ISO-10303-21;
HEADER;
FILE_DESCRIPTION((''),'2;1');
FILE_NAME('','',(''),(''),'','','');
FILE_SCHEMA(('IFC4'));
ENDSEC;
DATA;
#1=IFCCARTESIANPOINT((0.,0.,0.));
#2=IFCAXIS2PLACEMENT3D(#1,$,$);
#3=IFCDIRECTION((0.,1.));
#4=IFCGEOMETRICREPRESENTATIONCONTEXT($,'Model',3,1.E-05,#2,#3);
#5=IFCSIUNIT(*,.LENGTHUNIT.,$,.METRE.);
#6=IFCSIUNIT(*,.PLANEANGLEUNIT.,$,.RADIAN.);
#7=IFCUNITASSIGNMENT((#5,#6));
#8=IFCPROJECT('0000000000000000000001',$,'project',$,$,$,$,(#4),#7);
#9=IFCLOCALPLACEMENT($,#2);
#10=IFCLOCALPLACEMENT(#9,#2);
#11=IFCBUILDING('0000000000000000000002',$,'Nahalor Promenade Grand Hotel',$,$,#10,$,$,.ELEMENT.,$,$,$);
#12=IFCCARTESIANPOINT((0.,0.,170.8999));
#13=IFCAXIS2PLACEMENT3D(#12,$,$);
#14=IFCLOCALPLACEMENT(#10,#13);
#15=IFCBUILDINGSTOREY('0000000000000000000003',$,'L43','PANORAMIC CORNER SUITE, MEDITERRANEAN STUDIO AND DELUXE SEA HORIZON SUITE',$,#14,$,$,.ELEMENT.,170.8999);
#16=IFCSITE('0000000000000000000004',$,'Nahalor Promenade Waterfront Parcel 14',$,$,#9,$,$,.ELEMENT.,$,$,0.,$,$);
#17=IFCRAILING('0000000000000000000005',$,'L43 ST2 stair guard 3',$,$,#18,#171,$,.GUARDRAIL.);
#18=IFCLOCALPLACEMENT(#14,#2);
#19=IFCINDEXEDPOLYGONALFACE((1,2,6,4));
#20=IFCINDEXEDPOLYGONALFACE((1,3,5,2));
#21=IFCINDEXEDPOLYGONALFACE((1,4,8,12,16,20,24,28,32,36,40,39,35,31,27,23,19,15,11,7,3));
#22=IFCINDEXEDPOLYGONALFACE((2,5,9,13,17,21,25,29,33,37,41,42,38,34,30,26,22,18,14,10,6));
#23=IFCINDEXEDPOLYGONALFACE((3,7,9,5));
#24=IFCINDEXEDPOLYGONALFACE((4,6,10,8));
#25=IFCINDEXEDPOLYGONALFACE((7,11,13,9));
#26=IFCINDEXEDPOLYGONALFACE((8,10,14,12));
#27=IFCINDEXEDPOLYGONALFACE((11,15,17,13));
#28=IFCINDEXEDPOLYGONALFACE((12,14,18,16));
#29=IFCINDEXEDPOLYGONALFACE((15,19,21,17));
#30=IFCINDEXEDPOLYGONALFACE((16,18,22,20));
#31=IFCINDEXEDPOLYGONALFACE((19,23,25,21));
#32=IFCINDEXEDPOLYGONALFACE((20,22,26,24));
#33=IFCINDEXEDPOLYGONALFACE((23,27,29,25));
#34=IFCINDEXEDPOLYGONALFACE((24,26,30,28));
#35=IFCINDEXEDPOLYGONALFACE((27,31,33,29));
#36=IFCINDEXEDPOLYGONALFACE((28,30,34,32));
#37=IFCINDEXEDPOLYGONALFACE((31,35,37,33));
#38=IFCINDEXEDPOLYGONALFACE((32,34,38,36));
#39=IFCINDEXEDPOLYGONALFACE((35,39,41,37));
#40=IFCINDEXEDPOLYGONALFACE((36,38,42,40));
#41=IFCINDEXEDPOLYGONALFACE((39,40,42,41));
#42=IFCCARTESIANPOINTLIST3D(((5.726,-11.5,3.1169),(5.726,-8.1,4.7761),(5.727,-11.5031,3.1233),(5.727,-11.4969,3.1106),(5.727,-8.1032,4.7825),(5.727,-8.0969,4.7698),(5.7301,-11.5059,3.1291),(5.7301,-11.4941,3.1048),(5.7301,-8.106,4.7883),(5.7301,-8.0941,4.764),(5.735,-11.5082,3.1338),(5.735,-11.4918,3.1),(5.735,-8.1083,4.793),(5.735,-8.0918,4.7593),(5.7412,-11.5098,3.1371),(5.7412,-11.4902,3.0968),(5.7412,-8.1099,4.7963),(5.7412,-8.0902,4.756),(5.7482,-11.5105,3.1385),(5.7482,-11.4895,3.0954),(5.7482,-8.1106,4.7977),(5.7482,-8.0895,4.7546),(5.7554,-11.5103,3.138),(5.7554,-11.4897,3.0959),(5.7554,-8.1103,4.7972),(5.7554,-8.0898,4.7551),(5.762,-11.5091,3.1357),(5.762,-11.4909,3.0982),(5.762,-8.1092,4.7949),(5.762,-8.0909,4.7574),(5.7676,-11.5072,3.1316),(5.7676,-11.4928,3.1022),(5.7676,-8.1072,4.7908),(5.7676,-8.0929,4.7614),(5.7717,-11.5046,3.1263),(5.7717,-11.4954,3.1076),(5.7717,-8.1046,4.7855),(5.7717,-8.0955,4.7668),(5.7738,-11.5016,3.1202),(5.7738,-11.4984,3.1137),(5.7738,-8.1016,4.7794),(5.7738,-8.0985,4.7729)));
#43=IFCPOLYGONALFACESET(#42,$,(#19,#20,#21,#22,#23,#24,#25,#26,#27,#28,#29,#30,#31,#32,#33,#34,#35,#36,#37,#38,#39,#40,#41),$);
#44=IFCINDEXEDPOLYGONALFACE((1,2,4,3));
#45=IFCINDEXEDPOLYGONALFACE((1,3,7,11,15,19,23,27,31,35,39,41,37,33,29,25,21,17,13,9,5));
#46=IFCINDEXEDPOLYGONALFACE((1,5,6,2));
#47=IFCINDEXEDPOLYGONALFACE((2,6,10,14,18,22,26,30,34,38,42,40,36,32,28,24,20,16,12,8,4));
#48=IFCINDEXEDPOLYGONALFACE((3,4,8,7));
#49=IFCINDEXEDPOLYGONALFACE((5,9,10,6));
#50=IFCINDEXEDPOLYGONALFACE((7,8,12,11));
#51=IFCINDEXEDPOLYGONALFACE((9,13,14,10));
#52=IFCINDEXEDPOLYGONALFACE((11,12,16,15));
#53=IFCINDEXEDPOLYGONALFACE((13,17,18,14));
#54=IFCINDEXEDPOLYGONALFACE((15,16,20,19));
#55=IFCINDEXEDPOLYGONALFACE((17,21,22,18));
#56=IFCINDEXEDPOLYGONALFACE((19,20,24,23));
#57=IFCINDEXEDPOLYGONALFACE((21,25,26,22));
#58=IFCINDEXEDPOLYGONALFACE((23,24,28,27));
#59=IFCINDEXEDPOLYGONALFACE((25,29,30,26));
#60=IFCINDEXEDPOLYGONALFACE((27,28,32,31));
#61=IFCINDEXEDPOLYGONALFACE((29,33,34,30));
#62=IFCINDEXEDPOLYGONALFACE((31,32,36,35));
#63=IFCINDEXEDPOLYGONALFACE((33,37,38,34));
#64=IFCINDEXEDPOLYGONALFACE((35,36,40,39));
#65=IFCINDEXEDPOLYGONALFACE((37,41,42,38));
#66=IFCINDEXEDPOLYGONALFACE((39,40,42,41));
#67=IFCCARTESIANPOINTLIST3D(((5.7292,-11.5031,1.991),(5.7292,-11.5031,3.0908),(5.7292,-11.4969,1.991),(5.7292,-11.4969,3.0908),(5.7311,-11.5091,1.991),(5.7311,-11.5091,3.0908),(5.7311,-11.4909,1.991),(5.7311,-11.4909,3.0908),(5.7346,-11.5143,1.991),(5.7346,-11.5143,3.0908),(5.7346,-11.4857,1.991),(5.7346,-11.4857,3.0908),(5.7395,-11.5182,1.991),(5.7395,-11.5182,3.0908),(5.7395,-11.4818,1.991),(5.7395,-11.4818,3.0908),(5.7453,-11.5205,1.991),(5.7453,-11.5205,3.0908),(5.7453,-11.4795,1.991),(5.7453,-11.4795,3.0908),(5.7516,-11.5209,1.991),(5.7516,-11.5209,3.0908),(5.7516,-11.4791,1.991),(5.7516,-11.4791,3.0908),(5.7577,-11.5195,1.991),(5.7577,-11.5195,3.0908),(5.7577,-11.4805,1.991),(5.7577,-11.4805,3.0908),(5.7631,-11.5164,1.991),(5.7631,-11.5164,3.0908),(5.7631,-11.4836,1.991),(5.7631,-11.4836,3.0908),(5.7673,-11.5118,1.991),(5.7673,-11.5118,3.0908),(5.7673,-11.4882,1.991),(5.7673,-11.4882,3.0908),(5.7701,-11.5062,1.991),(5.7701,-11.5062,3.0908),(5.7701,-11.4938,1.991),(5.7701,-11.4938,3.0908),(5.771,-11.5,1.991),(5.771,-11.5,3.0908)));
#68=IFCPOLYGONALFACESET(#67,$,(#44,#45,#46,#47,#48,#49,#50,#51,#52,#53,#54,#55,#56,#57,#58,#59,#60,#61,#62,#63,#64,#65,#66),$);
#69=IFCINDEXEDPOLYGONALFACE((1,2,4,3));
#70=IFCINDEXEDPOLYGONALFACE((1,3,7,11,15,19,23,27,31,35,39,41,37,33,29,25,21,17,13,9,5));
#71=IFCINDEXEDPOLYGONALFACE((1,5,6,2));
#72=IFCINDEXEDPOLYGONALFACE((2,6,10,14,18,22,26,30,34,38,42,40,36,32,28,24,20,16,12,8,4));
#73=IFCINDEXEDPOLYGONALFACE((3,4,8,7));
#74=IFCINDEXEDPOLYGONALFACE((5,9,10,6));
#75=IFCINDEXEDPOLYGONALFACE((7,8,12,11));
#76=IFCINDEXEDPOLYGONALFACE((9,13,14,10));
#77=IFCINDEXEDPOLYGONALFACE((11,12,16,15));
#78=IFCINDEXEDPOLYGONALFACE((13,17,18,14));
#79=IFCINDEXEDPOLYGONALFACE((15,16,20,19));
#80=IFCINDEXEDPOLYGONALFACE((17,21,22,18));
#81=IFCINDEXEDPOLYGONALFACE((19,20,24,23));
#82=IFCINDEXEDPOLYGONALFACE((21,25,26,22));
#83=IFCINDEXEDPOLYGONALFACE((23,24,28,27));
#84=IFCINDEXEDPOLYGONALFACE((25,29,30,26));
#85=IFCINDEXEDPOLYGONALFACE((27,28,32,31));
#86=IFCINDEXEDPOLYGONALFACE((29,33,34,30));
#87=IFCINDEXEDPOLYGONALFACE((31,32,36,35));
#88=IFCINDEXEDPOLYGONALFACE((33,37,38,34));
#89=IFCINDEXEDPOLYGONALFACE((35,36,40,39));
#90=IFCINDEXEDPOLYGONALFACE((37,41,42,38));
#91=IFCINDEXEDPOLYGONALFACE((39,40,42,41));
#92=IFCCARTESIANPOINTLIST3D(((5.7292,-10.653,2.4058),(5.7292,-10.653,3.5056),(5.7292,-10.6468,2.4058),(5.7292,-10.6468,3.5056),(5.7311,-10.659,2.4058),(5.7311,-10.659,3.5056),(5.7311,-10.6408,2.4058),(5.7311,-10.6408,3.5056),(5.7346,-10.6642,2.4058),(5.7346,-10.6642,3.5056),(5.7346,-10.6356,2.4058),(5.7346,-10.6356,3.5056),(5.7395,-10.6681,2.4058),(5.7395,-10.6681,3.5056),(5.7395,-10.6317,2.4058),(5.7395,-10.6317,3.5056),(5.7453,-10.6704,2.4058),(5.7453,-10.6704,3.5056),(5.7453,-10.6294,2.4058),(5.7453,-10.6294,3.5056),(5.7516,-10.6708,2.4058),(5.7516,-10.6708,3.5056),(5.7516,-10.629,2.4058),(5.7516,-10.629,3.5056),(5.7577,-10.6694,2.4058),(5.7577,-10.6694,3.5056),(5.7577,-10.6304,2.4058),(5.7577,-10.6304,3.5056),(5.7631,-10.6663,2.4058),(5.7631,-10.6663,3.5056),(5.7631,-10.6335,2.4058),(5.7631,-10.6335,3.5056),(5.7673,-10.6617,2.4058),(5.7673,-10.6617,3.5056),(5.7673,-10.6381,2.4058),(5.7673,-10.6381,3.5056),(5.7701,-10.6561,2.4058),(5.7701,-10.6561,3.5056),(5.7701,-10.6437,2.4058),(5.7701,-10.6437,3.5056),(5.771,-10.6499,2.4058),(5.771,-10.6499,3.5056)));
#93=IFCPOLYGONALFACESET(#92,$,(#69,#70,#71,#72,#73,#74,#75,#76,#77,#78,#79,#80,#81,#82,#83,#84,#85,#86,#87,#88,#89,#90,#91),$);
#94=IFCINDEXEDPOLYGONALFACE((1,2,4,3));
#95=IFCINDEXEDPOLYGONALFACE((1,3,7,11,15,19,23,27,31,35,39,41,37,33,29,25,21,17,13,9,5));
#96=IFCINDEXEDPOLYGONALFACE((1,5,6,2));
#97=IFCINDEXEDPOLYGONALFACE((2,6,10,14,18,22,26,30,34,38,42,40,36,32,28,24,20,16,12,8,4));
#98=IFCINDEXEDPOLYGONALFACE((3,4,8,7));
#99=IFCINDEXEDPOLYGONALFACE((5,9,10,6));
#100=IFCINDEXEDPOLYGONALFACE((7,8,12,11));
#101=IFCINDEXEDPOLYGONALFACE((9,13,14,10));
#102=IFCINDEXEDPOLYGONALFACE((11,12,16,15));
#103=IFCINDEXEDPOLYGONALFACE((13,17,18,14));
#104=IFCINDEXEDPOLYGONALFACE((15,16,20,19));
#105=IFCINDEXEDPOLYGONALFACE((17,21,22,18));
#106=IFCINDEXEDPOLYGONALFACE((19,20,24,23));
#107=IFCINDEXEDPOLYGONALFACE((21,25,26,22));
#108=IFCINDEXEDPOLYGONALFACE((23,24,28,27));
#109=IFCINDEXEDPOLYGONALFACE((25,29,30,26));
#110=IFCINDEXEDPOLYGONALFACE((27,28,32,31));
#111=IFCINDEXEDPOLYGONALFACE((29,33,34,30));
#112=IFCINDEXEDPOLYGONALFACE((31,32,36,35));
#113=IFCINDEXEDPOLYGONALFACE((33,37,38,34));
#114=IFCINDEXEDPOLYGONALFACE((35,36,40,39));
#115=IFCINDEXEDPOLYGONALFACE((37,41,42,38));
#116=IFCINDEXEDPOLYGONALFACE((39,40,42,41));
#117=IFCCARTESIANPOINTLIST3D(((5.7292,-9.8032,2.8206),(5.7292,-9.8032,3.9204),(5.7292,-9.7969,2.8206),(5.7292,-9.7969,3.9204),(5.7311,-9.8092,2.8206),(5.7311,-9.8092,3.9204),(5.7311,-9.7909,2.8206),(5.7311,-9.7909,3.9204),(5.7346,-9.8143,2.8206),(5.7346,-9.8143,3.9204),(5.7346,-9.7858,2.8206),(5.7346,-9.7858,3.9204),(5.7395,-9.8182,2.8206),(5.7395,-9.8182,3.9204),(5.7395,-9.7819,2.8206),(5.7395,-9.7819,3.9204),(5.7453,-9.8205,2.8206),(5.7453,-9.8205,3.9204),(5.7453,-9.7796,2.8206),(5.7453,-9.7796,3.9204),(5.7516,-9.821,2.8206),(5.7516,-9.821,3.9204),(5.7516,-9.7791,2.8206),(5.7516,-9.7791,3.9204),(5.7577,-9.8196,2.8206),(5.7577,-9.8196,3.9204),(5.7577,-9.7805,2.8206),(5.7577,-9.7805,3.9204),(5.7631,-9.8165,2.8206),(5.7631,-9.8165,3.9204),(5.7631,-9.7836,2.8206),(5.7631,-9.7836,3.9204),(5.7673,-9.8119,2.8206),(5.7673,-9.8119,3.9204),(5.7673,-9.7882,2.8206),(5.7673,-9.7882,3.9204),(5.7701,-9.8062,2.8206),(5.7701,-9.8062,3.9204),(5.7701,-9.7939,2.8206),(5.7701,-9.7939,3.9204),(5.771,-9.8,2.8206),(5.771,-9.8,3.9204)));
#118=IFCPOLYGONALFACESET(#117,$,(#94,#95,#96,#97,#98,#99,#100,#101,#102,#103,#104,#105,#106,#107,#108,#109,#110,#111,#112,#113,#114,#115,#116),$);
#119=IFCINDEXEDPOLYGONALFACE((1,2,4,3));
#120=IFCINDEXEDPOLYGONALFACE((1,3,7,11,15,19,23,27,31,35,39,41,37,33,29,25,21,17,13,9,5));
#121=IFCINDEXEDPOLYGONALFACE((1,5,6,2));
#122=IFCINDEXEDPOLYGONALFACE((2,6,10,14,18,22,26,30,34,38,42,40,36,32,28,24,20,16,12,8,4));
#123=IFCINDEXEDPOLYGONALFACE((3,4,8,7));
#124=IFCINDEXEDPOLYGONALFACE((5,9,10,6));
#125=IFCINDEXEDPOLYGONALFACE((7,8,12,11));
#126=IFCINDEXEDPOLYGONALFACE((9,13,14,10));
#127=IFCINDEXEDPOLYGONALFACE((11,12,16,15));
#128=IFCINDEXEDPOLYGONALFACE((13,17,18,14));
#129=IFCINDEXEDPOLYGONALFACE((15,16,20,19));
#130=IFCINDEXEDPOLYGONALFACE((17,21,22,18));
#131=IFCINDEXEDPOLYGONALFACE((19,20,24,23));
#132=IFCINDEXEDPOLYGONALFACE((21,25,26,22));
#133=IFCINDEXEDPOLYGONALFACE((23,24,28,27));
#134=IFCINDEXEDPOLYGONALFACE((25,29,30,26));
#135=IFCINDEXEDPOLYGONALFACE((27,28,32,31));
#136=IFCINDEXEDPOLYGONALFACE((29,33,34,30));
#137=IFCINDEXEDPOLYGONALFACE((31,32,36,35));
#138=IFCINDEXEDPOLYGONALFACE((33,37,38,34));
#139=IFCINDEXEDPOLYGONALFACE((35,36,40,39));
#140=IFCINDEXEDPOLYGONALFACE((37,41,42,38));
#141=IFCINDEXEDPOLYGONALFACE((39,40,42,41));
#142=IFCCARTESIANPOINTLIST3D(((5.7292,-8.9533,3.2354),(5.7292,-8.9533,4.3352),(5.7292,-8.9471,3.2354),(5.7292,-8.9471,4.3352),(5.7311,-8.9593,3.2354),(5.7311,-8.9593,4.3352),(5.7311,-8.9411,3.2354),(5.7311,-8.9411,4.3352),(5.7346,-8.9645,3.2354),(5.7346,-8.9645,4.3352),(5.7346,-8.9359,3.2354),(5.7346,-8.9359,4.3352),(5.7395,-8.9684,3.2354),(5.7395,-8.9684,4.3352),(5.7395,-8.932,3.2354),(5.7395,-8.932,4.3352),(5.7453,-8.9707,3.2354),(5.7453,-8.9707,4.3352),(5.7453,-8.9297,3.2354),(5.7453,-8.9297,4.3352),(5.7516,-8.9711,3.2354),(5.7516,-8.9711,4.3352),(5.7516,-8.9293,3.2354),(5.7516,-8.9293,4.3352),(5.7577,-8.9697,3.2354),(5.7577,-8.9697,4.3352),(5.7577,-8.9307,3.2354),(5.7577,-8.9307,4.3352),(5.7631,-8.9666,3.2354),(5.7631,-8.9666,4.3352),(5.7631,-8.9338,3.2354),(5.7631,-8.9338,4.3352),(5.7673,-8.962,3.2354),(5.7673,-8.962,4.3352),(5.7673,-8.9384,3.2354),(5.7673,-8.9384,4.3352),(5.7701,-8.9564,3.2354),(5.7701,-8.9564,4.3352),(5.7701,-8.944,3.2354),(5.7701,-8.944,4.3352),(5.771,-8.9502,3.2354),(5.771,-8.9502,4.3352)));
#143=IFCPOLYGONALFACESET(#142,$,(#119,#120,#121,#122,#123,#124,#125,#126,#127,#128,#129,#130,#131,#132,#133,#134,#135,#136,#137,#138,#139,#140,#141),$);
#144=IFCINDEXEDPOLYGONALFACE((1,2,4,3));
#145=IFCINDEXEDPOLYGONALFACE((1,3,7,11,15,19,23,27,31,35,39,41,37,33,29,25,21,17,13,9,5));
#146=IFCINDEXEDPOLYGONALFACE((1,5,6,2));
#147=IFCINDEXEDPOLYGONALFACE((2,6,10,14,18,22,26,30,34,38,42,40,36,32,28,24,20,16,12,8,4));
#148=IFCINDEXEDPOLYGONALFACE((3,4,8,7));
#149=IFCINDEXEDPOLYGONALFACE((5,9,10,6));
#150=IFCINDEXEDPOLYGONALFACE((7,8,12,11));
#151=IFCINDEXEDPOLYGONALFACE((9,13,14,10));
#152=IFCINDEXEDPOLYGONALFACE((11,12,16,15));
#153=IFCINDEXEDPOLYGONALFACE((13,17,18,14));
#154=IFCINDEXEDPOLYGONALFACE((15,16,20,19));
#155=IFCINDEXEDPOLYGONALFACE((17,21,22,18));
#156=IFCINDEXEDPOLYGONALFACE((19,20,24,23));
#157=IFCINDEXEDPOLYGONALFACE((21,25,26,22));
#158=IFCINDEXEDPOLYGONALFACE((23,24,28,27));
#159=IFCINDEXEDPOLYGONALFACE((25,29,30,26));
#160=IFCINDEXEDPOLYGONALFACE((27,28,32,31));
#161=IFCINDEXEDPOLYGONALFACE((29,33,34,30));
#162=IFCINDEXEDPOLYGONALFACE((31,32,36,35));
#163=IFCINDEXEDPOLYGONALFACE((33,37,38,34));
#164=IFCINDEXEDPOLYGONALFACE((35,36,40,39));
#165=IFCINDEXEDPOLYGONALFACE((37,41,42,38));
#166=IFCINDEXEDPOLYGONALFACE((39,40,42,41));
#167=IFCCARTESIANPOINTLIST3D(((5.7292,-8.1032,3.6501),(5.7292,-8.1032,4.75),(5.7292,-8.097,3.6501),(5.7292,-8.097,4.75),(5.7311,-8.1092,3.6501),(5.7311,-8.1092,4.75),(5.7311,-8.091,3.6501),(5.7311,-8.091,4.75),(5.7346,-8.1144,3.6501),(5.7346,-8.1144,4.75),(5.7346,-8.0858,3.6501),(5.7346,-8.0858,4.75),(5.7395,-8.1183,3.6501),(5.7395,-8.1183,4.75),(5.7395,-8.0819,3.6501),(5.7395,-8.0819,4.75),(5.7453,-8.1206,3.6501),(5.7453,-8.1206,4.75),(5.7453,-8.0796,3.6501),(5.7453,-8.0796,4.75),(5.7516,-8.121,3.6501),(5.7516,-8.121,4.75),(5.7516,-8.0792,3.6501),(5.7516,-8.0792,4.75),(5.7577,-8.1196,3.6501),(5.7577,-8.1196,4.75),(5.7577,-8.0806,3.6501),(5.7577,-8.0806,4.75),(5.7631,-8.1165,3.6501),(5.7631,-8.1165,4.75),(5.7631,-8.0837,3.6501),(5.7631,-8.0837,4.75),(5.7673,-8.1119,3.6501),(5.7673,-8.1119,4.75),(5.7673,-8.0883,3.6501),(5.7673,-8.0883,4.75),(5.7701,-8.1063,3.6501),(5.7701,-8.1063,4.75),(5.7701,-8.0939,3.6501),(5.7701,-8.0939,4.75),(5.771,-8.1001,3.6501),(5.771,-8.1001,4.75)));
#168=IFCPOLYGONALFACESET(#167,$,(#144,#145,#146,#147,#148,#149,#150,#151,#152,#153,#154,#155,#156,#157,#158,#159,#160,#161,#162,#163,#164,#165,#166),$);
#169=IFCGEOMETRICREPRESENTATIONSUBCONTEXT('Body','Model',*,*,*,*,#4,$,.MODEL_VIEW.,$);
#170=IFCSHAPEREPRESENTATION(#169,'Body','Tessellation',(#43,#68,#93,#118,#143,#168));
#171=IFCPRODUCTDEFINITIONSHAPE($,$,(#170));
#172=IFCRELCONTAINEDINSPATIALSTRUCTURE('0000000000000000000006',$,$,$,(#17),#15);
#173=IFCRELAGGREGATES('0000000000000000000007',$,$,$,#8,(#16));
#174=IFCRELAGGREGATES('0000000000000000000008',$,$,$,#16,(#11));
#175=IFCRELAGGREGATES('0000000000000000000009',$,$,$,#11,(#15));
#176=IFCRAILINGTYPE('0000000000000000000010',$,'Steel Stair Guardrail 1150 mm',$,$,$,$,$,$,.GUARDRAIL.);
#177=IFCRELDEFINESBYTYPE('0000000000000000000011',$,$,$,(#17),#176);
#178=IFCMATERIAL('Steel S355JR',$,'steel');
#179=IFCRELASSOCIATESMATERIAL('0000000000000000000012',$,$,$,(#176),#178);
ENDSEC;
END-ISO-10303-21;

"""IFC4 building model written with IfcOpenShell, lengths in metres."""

from ifc_helpers import new_model, si_unit, direction, frame, origin, origin_2d, place, context, subcontext, project, spatial, circle, extrude, material, type_object, element, save


model = new_model("IFC4")

# Units and contexts
model_context = context("Model", 3, precision=1e-05, world=origin(), true_north=direction((0.0, 1.0)))
body_context = subcontext(model_context, "Body", "Model", "MODEL_VIEW")
ifc_project = project(units=[si_unit("LENGTHUNIT", "METRE"), si_unit("PLANEANGLEUNIT", "RADIAN")], contexts=[model_context])

# Site, building, storey
site_placement = place(None, origin())
site = spatial("IfcSite", under=ifc_project, at=site_placement, Name="Nahalor Promenade Waterfront Parcel 14", CompositionType="ELEMENT", RefElevation=0.0)
building_placement = place(site_placement, origin())
building = spatial("IfcBuilding", under=site, at=building_placement, Name="Nahalor Promenade Grand Hotel", CompositionType="ELEMENT")
storey_placement = place(building_placement, frame((0.0, 0.0, 170.8999)))
storey = spatial("IfcBuildingStorey", under=building, at=storey_placement, Name="L43", Description="PANORAMIC CORNER SUITE, MEDITERRANEAN STUDIO AND DELUXE SEA HORIZON SUITE", CompositionType="ELEMENT", Elevation=170.8999)

# Shared definitions
ifc_material_1 = material(Name="Steel S355JR", Category="steel")

# Railing
railing_type_1 = type_object("IfcRailingType", Name="Steel Stair Guardrail 1150 mm", PredefinedType="GUARDRAIL", material=ifc_material_1)
railing_1_placement = place(storey_placement, frame((5.75, -11.5, 1.991)))
element("IfcRailing", 1, at=railing_1_placement, inside=storey, type_object=railing_type_1, Name="L43 ST2 stair guard 3", PredefinedType="GUARDRAIL", context=body_context, shape_type="SweptSolid", body=[
    extrude(circle(Radius=0.024, at=origin_2d()), frame((0.0, 0.0, 1.126), z_axis=(0.0, 0.898696, 0.438571), x_axis=(-1.0, 0.0, 0.0)), (0.0, 0.0, 1.0), 3.7832),
    extrude(circle(Radius=0.021, at=origin_2d()), origin(), (0.0, 0.0, 1.0), 1.0999),
    extrude(circle(Radius=0.021, at=origin_2d()), frame((0.0, 0.8501, 0.4148)), (0.0, 0.0, 1.0), 1.0999),
    extrude(circle(Radius=0.021, at=origin_2d()), frame((0.0, 1.7, 0.8296)), (0.0, 0.0, 1.0), 1.0999),
    extrude(circle(Radius=0.021, at=origin_2d()), frame((0.0, 2.5498, 1.2444)), (0.0, 0.0, 1.0), 1.0999),
    extrude(circle(Radius=0.021, at=origin_2d()), frame((0.0, 3.3999, 1.6592)), (0.0, 0.0, 1.0), 1.0999),
])

save(model, "model.ifc")
